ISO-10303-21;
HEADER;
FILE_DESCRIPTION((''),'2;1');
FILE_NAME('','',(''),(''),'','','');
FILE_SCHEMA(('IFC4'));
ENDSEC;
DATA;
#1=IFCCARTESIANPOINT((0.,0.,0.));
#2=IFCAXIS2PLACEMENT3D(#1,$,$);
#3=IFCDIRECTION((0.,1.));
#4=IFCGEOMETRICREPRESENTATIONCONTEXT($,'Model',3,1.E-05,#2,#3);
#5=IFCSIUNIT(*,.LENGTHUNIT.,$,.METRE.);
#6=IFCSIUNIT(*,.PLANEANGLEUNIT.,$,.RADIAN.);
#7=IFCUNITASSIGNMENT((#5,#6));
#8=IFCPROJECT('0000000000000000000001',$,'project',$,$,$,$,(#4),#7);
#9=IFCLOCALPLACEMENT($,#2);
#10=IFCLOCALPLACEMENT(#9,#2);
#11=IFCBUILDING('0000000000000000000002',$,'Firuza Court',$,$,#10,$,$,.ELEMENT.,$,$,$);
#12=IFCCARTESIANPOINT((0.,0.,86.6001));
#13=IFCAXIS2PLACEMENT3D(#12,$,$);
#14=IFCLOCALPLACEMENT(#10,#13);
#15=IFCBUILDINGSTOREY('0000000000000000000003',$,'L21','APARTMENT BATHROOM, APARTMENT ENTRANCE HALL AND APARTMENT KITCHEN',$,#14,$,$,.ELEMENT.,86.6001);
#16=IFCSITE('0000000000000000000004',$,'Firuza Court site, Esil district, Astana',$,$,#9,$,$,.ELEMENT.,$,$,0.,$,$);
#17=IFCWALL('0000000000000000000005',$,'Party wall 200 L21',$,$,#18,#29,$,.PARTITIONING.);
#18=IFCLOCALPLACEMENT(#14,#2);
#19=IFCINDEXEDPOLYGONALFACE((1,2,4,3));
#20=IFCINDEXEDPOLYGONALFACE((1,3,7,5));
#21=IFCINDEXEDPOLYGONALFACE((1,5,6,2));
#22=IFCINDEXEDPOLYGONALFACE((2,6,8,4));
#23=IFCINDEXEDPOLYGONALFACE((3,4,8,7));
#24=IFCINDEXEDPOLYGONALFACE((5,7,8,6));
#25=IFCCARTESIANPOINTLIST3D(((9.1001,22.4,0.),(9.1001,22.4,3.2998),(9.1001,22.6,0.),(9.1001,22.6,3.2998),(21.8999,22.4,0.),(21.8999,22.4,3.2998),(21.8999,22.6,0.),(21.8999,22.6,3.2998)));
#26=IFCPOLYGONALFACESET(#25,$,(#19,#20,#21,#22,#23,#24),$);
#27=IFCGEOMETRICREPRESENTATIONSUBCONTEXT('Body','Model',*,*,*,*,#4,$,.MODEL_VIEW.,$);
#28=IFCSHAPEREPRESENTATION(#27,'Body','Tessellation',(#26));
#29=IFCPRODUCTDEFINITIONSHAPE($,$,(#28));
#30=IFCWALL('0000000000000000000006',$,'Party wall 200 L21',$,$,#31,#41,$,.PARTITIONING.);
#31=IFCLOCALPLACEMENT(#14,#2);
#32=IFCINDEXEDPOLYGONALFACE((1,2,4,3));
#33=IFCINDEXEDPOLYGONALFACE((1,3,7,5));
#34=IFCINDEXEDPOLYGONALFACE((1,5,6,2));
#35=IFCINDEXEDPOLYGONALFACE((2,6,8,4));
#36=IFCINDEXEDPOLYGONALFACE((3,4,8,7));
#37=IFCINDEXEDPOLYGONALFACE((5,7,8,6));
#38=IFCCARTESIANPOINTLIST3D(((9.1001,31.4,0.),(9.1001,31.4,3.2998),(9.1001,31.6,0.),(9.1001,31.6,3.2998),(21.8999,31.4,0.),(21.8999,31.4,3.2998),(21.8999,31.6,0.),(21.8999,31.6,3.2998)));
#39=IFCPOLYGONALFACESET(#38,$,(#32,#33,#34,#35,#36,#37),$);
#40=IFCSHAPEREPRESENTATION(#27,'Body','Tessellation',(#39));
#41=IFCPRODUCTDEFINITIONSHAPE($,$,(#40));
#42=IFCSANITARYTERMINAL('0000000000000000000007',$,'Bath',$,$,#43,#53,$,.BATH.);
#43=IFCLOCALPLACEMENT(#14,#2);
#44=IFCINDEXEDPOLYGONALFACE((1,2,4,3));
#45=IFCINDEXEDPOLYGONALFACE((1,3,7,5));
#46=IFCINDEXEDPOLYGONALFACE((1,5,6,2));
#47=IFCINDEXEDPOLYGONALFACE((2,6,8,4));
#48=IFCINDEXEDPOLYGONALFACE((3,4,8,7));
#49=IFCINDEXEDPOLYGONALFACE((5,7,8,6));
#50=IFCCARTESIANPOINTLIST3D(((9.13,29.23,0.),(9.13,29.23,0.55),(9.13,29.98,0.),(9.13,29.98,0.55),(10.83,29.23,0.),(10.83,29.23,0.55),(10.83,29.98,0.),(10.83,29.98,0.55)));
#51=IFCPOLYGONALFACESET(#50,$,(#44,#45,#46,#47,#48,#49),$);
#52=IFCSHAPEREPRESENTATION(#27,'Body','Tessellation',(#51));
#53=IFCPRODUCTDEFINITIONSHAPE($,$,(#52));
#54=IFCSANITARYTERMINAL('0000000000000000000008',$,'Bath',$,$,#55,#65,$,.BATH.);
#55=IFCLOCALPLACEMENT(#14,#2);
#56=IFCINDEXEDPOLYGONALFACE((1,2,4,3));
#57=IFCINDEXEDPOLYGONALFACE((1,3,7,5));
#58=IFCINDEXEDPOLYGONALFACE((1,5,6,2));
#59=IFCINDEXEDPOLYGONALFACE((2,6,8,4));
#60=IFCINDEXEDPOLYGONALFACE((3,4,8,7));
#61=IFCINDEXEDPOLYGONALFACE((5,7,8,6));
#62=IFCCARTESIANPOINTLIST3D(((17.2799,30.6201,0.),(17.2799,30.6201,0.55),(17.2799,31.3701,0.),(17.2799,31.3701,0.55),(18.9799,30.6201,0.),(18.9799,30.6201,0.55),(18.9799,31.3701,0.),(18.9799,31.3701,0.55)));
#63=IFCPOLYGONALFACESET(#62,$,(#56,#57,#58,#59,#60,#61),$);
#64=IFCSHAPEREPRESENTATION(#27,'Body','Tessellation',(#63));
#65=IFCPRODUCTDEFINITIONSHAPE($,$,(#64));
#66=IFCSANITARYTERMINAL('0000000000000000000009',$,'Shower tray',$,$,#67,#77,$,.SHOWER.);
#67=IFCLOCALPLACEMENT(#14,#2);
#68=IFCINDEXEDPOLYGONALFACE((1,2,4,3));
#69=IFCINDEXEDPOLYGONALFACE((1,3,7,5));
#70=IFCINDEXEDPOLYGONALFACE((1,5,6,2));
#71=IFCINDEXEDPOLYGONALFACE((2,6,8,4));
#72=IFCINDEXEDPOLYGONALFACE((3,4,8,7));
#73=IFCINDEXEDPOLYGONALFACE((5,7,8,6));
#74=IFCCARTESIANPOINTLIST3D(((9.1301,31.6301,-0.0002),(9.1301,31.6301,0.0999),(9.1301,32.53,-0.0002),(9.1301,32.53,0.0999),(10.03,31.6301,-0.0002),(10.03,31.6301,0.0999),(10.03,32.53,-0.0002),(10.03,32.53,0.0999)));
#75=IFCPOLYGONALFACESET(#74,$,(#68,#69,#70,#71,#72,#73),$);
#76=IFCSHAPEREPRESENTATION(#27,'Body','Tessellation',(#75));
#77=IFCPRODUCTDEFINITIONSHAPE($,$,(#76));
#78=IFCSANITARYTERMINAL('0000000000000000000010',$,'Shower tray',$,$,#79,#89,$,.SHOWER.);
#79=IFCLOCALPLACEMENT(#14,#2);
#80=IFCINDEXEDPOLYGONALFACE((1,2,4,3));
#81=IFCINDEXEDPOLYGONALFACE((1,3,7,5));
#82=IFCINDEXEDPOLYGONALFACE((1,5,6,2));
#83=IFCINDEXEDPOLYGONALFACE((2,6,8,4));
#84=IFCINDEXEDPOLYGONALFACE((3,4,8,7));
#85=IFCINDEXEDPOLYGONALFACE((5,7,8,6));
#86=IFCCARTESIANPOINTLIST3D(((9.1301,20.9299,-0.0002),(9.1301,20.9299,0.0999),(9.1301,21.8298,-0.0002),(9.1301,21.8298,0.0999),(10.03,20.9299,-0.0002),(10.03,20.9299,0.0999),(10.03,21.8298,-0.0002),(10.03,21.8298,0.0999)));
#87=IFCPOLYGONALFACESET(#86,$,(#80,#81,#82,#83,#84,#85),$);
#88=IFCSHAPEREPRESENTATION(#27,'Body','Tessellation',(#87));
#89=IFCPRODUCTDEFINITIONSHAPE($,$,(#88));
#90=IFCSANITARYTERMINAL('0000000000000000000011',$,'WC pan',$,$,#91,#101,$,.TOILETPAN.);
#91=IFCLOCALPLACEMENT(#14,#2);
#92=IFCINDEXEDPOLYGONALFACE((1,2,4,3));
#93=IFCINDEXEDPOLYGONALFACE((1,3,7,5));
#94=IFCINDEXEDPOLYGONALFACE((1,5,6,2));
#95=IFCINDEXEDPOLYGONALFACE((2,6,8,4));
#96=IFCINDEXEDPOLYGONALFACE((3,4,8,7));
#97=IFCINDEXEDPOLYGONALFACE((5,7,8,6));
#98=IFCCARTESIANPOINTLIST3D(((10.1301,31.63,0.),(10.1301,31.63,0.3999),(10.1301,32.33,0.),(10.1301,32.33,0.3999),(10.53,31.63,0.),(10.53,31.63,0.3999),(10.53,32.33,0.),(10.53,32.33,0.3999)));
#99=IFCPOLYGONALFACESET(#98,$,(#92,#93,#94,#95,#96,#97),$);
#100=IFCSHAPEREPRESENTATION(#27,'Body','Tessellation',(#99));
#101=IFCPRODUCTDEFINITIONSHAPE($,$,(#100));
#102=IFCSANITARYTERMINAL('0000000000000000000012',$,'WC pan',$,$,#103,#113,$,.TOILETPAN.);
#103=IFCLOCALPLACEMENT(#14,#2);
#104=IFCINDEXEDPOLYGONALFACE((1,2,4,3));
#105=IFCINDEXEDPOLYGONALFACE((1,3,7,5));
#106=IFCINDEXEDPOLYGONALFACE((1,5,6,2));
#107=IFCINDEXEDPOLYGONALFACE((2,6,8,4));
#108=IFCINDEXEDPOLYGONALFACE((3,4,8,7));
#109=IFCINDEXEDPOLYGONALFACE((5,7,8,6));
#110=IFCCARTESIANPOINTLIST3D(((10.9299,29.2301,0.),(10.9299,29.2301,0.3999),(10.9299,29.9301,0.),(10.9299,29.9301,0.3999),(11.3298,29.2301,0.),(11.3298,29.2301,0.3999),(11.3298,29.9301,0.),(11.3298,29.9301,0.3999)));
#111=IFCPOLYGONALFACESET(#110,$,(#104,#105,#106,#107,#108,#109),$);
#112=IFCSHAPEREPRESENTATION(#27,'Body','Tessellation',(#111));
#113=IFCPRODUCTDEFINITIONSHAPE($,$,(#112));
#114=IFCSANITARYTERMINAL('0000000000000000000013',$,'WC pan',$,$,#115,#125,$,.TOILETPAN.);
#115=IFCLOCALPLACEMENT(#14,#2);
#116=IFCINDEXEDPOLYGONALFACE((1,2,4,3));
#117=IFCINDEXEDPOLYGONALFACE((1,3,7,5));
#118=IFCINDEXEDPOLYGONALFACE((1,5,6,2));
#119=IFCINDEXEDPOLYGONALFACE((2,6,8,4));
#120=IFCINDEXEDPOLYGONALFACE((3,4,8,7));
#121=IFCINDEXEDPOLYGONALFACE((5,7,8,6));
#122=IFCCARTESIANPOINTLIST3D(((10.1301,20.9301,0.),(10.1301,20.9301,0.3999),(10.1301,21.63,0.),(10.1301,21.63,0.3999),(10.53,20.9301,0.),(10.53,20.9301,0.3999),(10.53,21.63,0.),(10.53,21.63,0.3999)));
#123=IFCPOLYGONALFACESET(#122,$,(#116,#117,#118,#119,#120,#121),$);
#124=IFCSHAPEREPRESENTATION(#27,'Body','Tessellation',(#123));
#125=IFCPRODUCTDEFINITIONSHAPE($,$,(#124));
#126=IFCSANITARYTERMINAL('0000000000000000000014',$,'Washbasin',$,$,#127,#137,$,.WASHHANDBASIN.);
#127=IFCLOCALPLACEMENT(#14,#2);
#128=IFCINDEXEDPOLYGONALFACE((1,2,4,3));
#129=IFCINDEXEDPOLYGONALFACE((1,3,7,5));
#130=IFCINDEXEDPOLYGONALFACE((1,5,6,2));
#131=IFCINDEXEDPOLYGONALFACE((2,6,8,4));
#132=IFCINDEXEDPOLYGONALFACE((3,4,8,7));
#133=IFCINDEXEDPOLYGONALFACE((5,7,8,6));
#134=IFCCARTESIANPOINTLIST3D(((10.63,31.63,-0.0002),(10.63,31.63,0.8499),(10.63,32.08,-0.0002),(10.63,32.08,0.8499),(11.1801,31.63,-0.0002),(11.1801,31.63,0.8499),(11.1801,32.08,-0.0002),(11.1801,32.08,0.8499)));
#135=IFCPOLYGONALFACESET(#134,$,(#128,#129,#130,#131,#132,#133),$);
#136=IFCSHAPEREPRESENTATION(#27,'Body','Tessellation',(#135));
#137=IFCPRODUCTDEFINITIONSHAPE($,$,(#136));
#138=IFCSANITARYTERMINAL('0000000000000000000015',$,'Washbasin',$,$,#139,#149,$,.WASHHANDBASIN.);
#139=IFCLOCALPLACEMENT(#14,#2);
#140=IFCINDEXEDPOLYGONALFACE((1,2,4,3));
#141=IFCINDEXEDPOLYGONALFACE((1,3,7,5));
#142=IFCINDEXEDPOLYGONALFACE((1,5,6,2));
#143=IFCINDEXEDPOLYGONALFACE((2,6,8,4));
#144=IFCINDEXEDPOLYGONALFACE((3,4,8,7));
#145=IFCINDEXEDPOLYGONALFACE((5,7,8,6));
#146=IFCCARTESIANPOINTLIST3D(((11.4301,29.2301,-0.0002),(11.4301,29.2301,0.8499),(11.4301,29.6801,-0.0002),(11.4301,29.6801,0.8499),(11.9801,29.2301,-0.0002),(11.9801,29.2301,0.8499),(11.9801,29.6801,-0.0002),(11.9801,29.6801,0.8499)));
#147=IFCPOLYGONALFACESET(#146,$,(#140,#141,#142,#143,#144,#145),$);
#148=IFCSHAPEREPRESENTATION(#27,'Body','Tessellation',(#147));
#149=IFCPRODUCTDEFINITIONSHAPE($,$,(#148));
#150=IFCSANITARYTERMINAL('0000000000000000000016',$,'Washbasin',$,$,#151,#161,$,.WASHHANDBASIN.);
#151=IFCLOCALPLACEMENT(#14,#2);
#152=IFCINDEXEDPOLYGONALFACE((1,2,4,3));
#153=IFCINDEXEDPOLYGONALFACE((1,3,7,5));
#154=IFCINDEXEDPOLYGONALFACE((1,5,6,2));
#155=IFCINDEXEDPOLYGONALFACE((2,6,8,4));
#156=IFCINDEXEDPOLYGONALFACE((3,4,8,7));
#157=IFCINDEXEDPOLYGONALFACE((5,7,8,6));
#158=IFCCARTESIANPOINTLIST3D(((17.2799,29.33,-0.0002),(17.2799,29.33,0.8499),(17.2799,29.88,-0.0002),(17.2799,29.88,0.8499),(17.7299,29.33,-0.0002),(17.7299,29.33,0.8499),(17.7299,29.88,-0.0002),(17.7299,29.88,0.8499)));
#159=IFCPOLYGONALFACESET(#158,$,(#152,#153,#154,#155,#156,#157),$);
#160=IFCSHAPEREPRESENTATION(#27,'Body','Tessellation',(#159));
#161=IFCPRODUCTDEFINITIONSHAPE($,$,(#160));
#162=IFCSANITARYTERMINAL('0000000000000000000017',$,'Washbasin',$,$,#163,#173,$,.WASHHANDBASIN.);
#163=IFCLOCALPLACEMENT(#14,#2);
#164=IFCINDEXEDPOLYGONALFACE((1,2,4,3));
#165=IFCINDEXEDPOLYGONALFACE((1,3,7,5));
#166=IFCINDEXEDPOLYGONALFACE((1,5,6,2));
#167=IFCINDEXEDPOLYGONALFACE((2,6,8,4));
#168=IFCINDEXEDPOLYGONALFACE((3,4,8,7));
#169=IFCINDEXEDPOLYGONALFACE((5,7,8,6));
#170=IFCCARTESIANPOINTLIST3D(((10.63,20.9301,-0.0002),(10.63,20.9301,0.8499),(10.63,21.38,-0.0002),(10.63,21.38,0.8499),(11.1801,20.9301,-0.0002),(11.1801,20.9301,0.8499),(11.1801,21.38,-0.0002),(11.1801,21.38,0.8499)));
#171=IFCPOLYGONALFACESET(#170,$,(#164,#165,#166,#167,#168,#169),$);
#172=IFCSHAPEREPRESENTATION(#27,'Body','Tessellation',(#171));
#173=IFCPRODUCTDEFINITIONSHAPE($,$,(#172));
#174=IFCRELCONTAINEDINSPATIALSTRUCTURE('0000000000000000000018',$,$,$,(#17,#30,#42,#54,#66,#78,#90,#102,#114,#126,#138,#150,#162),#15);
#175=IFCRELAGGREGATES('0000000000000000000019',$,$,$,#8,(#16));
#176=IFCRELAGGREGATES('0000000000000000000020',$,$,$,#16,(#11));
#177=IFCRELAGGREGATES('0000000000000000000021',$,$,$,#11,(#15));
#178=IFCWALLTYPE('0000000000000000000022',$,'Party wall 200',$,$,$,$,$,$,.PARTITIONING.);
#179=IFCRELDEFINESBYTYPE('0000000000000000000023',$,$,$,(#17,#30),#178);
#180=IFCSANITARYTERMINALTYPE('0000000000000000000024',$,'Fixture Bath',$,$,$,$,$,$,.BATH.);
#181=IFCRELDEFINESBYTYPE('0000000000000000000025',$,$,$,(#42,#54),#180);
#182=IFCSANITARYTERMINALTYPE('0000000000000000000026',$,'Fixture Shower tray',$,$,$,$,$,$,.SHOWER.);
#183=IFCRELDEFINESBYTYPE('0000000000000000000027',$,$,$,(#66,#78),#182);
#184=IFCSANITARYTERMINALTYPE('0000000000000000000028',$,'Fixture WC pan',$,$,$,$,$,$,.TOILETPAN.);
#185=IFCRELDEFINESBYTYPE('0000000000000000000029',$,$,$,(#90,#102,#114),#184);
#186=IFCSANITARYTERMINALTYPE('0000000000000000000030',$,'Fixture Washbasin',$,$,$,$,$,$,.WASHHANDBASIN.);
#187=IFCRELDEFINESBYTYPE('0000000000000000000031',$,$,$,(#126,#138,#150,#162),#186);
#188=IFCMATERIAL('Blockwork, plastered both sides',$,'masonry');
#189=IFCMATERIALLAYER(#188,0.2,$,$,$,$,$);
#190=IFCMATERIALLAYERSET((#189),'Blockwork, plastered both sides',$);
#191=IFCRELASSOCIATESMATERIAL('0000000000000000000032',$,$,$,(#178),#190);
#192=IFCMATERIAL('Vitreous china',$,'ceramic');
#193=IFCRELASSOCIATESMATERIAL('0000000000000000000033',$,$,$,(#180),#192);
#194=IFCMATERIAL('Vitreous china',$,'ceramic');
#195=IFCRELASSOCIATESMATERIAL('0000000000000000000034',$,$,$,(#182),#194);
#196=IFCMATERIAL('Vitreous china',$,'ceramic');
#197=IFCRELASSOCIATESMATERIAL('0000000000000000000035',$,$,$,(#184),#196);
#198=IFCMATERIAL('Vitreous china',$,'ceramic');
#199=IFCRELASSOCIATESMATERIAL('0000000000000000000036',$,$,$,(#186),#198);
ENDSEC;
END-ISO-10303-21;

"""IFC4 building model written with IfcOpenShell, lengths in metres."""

from ifc_helpers import new_model, si_unit, direction, frame, frame_2d, origin, origin_2d, place, context, subcontext, project, spatial, rectangle, extrude, material, layer, layer_set, type_object, element, save


model = new_model("IFC4")

# Units and contexts
model_context = context("Model", 3, precision=1e-05, world=origin(), true_north=direction((0.0, 1.0)))
body_context = subcontext(model_context, "Body", "Model", "MODEL_VIEW")
ifc_project = project(units=[si_unit("LENGTHUNIT", "METRE"), si_unit("PLANEANGLEUNIT", "RADIAN")], contexts=[model_context])

# Site, building, storey
site_placement = place(None, origin())
site = spatial("IfcSite", under=ifc_project, at=site_placement, Name="Firuza Court site, Esil district, Astana", CompositionType="ELEMENT", RefElevation=0.0)
building_placement = place(site_placement, origin())
building = spatial("IfcBuilding", under=site, at=building_placement, Name="Firuza Court", CompositionType="ELEMENT")
storey_placement = place(building_placement, frame((0.0, 0.0, 86.6001)))
storey = spatial("IfcBuildingStorey", under=building, at=storey_placement, Name="L21", Description="APARTMENT BATHROOM, APARTMENT ENTRANCE HALL AND APARTMENT KITCHEN", CompositionType="ELEMENT", Elevation=86.6001)

# Walls
ifc_material_1 = material(Name="Blockwork, plastered both sides", Category="masonry")
ifc_layer_1 = layer(ifc_material_1, 0.2)
ifc_layer_set_1 = layer_set([ifc_layer_1], Name="Blockwork, plastered both sides")
wall_type_1 = type_object("IfcWallType", Name="Party wall 200", PredefinedType="PARTITIONING", material=ifc_layer_set_1)
for number, where, z_axis, x_axis, name in (
    (1, (9.1001, 22.5, 0.0), (0.0, 0.0, 1.0), (1.0, 0.0, 0.0), "Party wall 200 L21"),
    (2, (9.1001, 31.5, 0.0), (0.0, 0.0, 1.0), (1.0, 0.0, 0.0), "Party wall 200 L21"),
):
    element("IfcWall", number, at=place(storey_placement, frame(where, z_axis=z_axis, x_axis=x_axis)), inside=storey, type_object=wall_type_1, Name=name, PredefinedType="PARTITIONING", context=body_context, shape_type="SweptSolid", body=[
        extrude(rectangle(XDim=12.7998, YDim=0.2, at=frame_2d((6.3999, 0.0))), origin(), (0.0, 0.0, 1.0), 3.2998),
    ])

# Sanitary terminals
ifc_material_2 = material(Name="Vitreous china", Category="ceramic")
sanitary_terminal_type_1 = type_object("IfcSanitaryTerminalType", Name="Fixture Bath", PredefinedType="BATH", material=ifc_material_2)
for number, where, z_axis, x_axis, name in (
    (3, (9.98, 29.605, 0.0), (0.0, 0.0, 1.0), (1.0, 0.0, 0.0), "Bath"),
    (4, (18.1299, 30.9951, 0.0), (0.0, 0.0, 1.0), (1.0, 0.0, 0.0), "Bath"),
):
    element("IfcSanitaryTerminal", number, at=place(storey_placement, frame(where, z_axis=z_axis, x_axis=x_axis)), inside=storey, type_object=sanitary_terminal_type_1, Name=name, PredefinedType="BATH", context=body_context, shape_type="SweptSolid", body=[
        extrude(rectangle(XDim=1.7, YDim=0.75, at=origin_2d()), origin(), (0.0, 0.0, 1.0), 0.55),
    ])
ifc_material_3 = material(Name="Vitreous china", Category="ceramic")
sanitary_terminal_type_2 = type_object("IfcSanitaryTerminalType", Name="Fixture Shower tray", PredefinedType="SHOWER", material=ifc_material_3)
for number, where, z_axis, x_axis, name in (
    (5, (9.5801, 32.0801, -0.0002), (0.0, 0.0, 1.0), (1.0, 0.0, 0.0), "Shower tray"),
    (6, (9.5801, 21.3799, -0.0002), (0.0, 0.0, 1.0), (1.0, 0.0, 0.0), "Shower tray"),
):
    element("IfcSanitaryTerminal", number, at=place(storey_placement, frame(where, z_axis=z_axis, x_axis=x_axis)), inside=storey, type_object=sanitary_terminal_type_2, Name=name, PredefinedType="SHOWER", context=body_context, shape_type="SweptSolid", body=[
        extrude(rectangle(XDim=0.8999, YDim=0.8999, at=origin_2d()), origin(), (0.0, 0.0, 1.0), 0.1001),
    ])
ifc_material_4 = material(Name="Vitreous china", Category="ceramic")
sanitary_terminal_type_3 = type_object("IfcSanitaryTerminalType", Name="Fixture WC pan", PredefinedType="TOILETPAN", material=ifc_material_4)
for number, where, z_axis, x_axis, name in (
    (7, (10.3301, 31.98, 0.0), (0.0, 0.0, 1.0), (1.0, 0.0, 0.0), "WC pan"),
    (8, (11.1299, 29.5801, 0.0), (0.0, 0.0, 1.0), (1.0, 0.0, 0.0), "WC pan"),
    (9, (10.3301, 21.28, 0.0), (0.0, 0.0, 1.0), (1.0, 0.0, 0.0), "WC pan"),
):
    element("IfcSanitaryTerminal", number, at=place(storey_placement, frame(where, z_axis=z_axis, x_axis=x_axis)), inside=storey, type_object=sanitary_terminal_type_3, Name=name, PredefinedType="TOILETPAN", context=body_context, shape_type="SweptSolid", body=[
        extrude(rectangle(XDim=0.3999, YDim=0.7, at=origin_2d()), origin(), (0.0, 0.0, 1.0), 0.3999),
    ])
ifc_material_5 = material(Name="Vitreous china", Category="ceramic")
sanitary_terminal_type_4 = type_object("IfcSanitaryTerminalType", Name="Fixture Washbasin", PredefinedType="WASHHANDBASIN", material=ifc_material_5)
for number, where, z_axis, x_axis, name in (
    (10, (10.905, 31.855, -0.0002), (0.0, 0.0, 1.0), (1.0, 0.0, 0.0), "Washbasin"),
    (11, (11.7051, 29.4551, -0.0002), (0.0, 0.0, 1.0), (1.0, 0.0, 0.0), "Washbasin"),
):
    element("IfcSanitaryTerminal", number, at=place(storey_placement, frame(where, z_axis=z_axis, x_axis=x_axis)), inside=storey, type_object=sanitary_terminal_type_4, Name=name, PredefinedType="WASHHANDBASIN", context=body_context, shape_type="SweptSolid", body=[
        extrude(rectangle(XDim=0.55, YDim=0.45, at=origin_2d()), origin(), (0.0, 0.0, 1.0), 0.8501),
    ])
sanitary_terminal_1_placement = place(storey_placement, frame((17.5049, 29.605, -0.0002), z_axis=(0.0, 0.0, 1.0), x_axis=(1.0, 0.0, 0.0)))
element("IfcSanitaryTerminal", 12, at=sanitary_terminal_1_placement, inside=storey, type_object=sanitary_terminal_type_4, Name="Washbasin", PredefinedType="WASHHANDBASIN", context=body_context, shape_type="SweptSolid", body=[
    extrude(rectangle(XDim=0.45, YDim=0.55, at=origin_2d()), origin(), (0.0, 0.0, 1.0), 0.8501),
])
sanitary_terminal_2_placement = place(storey_placement, frame((10.905, 21.155, -0.0002), z_axis=(0.0, 0.0, 1.0), x_axis=(1.0, 0.0, 0.0)))
element("IfcSanitaryTerminal", 13, at=sanitary_terminal_2_placement, inside=storey, type_object=sanitary_terminal_type_4, Name="Washbasin", PredefinedType="WASHHANDBASIN", context=body_context, shape_type="SweptSolid", body=[
    extrude(rectangle(XDim=0.55, YDim=0.45, at=origin_2d()), origin(), (0.0, 0.0, 1.0), 0.8501),
])

save(model, "model.ifc")
